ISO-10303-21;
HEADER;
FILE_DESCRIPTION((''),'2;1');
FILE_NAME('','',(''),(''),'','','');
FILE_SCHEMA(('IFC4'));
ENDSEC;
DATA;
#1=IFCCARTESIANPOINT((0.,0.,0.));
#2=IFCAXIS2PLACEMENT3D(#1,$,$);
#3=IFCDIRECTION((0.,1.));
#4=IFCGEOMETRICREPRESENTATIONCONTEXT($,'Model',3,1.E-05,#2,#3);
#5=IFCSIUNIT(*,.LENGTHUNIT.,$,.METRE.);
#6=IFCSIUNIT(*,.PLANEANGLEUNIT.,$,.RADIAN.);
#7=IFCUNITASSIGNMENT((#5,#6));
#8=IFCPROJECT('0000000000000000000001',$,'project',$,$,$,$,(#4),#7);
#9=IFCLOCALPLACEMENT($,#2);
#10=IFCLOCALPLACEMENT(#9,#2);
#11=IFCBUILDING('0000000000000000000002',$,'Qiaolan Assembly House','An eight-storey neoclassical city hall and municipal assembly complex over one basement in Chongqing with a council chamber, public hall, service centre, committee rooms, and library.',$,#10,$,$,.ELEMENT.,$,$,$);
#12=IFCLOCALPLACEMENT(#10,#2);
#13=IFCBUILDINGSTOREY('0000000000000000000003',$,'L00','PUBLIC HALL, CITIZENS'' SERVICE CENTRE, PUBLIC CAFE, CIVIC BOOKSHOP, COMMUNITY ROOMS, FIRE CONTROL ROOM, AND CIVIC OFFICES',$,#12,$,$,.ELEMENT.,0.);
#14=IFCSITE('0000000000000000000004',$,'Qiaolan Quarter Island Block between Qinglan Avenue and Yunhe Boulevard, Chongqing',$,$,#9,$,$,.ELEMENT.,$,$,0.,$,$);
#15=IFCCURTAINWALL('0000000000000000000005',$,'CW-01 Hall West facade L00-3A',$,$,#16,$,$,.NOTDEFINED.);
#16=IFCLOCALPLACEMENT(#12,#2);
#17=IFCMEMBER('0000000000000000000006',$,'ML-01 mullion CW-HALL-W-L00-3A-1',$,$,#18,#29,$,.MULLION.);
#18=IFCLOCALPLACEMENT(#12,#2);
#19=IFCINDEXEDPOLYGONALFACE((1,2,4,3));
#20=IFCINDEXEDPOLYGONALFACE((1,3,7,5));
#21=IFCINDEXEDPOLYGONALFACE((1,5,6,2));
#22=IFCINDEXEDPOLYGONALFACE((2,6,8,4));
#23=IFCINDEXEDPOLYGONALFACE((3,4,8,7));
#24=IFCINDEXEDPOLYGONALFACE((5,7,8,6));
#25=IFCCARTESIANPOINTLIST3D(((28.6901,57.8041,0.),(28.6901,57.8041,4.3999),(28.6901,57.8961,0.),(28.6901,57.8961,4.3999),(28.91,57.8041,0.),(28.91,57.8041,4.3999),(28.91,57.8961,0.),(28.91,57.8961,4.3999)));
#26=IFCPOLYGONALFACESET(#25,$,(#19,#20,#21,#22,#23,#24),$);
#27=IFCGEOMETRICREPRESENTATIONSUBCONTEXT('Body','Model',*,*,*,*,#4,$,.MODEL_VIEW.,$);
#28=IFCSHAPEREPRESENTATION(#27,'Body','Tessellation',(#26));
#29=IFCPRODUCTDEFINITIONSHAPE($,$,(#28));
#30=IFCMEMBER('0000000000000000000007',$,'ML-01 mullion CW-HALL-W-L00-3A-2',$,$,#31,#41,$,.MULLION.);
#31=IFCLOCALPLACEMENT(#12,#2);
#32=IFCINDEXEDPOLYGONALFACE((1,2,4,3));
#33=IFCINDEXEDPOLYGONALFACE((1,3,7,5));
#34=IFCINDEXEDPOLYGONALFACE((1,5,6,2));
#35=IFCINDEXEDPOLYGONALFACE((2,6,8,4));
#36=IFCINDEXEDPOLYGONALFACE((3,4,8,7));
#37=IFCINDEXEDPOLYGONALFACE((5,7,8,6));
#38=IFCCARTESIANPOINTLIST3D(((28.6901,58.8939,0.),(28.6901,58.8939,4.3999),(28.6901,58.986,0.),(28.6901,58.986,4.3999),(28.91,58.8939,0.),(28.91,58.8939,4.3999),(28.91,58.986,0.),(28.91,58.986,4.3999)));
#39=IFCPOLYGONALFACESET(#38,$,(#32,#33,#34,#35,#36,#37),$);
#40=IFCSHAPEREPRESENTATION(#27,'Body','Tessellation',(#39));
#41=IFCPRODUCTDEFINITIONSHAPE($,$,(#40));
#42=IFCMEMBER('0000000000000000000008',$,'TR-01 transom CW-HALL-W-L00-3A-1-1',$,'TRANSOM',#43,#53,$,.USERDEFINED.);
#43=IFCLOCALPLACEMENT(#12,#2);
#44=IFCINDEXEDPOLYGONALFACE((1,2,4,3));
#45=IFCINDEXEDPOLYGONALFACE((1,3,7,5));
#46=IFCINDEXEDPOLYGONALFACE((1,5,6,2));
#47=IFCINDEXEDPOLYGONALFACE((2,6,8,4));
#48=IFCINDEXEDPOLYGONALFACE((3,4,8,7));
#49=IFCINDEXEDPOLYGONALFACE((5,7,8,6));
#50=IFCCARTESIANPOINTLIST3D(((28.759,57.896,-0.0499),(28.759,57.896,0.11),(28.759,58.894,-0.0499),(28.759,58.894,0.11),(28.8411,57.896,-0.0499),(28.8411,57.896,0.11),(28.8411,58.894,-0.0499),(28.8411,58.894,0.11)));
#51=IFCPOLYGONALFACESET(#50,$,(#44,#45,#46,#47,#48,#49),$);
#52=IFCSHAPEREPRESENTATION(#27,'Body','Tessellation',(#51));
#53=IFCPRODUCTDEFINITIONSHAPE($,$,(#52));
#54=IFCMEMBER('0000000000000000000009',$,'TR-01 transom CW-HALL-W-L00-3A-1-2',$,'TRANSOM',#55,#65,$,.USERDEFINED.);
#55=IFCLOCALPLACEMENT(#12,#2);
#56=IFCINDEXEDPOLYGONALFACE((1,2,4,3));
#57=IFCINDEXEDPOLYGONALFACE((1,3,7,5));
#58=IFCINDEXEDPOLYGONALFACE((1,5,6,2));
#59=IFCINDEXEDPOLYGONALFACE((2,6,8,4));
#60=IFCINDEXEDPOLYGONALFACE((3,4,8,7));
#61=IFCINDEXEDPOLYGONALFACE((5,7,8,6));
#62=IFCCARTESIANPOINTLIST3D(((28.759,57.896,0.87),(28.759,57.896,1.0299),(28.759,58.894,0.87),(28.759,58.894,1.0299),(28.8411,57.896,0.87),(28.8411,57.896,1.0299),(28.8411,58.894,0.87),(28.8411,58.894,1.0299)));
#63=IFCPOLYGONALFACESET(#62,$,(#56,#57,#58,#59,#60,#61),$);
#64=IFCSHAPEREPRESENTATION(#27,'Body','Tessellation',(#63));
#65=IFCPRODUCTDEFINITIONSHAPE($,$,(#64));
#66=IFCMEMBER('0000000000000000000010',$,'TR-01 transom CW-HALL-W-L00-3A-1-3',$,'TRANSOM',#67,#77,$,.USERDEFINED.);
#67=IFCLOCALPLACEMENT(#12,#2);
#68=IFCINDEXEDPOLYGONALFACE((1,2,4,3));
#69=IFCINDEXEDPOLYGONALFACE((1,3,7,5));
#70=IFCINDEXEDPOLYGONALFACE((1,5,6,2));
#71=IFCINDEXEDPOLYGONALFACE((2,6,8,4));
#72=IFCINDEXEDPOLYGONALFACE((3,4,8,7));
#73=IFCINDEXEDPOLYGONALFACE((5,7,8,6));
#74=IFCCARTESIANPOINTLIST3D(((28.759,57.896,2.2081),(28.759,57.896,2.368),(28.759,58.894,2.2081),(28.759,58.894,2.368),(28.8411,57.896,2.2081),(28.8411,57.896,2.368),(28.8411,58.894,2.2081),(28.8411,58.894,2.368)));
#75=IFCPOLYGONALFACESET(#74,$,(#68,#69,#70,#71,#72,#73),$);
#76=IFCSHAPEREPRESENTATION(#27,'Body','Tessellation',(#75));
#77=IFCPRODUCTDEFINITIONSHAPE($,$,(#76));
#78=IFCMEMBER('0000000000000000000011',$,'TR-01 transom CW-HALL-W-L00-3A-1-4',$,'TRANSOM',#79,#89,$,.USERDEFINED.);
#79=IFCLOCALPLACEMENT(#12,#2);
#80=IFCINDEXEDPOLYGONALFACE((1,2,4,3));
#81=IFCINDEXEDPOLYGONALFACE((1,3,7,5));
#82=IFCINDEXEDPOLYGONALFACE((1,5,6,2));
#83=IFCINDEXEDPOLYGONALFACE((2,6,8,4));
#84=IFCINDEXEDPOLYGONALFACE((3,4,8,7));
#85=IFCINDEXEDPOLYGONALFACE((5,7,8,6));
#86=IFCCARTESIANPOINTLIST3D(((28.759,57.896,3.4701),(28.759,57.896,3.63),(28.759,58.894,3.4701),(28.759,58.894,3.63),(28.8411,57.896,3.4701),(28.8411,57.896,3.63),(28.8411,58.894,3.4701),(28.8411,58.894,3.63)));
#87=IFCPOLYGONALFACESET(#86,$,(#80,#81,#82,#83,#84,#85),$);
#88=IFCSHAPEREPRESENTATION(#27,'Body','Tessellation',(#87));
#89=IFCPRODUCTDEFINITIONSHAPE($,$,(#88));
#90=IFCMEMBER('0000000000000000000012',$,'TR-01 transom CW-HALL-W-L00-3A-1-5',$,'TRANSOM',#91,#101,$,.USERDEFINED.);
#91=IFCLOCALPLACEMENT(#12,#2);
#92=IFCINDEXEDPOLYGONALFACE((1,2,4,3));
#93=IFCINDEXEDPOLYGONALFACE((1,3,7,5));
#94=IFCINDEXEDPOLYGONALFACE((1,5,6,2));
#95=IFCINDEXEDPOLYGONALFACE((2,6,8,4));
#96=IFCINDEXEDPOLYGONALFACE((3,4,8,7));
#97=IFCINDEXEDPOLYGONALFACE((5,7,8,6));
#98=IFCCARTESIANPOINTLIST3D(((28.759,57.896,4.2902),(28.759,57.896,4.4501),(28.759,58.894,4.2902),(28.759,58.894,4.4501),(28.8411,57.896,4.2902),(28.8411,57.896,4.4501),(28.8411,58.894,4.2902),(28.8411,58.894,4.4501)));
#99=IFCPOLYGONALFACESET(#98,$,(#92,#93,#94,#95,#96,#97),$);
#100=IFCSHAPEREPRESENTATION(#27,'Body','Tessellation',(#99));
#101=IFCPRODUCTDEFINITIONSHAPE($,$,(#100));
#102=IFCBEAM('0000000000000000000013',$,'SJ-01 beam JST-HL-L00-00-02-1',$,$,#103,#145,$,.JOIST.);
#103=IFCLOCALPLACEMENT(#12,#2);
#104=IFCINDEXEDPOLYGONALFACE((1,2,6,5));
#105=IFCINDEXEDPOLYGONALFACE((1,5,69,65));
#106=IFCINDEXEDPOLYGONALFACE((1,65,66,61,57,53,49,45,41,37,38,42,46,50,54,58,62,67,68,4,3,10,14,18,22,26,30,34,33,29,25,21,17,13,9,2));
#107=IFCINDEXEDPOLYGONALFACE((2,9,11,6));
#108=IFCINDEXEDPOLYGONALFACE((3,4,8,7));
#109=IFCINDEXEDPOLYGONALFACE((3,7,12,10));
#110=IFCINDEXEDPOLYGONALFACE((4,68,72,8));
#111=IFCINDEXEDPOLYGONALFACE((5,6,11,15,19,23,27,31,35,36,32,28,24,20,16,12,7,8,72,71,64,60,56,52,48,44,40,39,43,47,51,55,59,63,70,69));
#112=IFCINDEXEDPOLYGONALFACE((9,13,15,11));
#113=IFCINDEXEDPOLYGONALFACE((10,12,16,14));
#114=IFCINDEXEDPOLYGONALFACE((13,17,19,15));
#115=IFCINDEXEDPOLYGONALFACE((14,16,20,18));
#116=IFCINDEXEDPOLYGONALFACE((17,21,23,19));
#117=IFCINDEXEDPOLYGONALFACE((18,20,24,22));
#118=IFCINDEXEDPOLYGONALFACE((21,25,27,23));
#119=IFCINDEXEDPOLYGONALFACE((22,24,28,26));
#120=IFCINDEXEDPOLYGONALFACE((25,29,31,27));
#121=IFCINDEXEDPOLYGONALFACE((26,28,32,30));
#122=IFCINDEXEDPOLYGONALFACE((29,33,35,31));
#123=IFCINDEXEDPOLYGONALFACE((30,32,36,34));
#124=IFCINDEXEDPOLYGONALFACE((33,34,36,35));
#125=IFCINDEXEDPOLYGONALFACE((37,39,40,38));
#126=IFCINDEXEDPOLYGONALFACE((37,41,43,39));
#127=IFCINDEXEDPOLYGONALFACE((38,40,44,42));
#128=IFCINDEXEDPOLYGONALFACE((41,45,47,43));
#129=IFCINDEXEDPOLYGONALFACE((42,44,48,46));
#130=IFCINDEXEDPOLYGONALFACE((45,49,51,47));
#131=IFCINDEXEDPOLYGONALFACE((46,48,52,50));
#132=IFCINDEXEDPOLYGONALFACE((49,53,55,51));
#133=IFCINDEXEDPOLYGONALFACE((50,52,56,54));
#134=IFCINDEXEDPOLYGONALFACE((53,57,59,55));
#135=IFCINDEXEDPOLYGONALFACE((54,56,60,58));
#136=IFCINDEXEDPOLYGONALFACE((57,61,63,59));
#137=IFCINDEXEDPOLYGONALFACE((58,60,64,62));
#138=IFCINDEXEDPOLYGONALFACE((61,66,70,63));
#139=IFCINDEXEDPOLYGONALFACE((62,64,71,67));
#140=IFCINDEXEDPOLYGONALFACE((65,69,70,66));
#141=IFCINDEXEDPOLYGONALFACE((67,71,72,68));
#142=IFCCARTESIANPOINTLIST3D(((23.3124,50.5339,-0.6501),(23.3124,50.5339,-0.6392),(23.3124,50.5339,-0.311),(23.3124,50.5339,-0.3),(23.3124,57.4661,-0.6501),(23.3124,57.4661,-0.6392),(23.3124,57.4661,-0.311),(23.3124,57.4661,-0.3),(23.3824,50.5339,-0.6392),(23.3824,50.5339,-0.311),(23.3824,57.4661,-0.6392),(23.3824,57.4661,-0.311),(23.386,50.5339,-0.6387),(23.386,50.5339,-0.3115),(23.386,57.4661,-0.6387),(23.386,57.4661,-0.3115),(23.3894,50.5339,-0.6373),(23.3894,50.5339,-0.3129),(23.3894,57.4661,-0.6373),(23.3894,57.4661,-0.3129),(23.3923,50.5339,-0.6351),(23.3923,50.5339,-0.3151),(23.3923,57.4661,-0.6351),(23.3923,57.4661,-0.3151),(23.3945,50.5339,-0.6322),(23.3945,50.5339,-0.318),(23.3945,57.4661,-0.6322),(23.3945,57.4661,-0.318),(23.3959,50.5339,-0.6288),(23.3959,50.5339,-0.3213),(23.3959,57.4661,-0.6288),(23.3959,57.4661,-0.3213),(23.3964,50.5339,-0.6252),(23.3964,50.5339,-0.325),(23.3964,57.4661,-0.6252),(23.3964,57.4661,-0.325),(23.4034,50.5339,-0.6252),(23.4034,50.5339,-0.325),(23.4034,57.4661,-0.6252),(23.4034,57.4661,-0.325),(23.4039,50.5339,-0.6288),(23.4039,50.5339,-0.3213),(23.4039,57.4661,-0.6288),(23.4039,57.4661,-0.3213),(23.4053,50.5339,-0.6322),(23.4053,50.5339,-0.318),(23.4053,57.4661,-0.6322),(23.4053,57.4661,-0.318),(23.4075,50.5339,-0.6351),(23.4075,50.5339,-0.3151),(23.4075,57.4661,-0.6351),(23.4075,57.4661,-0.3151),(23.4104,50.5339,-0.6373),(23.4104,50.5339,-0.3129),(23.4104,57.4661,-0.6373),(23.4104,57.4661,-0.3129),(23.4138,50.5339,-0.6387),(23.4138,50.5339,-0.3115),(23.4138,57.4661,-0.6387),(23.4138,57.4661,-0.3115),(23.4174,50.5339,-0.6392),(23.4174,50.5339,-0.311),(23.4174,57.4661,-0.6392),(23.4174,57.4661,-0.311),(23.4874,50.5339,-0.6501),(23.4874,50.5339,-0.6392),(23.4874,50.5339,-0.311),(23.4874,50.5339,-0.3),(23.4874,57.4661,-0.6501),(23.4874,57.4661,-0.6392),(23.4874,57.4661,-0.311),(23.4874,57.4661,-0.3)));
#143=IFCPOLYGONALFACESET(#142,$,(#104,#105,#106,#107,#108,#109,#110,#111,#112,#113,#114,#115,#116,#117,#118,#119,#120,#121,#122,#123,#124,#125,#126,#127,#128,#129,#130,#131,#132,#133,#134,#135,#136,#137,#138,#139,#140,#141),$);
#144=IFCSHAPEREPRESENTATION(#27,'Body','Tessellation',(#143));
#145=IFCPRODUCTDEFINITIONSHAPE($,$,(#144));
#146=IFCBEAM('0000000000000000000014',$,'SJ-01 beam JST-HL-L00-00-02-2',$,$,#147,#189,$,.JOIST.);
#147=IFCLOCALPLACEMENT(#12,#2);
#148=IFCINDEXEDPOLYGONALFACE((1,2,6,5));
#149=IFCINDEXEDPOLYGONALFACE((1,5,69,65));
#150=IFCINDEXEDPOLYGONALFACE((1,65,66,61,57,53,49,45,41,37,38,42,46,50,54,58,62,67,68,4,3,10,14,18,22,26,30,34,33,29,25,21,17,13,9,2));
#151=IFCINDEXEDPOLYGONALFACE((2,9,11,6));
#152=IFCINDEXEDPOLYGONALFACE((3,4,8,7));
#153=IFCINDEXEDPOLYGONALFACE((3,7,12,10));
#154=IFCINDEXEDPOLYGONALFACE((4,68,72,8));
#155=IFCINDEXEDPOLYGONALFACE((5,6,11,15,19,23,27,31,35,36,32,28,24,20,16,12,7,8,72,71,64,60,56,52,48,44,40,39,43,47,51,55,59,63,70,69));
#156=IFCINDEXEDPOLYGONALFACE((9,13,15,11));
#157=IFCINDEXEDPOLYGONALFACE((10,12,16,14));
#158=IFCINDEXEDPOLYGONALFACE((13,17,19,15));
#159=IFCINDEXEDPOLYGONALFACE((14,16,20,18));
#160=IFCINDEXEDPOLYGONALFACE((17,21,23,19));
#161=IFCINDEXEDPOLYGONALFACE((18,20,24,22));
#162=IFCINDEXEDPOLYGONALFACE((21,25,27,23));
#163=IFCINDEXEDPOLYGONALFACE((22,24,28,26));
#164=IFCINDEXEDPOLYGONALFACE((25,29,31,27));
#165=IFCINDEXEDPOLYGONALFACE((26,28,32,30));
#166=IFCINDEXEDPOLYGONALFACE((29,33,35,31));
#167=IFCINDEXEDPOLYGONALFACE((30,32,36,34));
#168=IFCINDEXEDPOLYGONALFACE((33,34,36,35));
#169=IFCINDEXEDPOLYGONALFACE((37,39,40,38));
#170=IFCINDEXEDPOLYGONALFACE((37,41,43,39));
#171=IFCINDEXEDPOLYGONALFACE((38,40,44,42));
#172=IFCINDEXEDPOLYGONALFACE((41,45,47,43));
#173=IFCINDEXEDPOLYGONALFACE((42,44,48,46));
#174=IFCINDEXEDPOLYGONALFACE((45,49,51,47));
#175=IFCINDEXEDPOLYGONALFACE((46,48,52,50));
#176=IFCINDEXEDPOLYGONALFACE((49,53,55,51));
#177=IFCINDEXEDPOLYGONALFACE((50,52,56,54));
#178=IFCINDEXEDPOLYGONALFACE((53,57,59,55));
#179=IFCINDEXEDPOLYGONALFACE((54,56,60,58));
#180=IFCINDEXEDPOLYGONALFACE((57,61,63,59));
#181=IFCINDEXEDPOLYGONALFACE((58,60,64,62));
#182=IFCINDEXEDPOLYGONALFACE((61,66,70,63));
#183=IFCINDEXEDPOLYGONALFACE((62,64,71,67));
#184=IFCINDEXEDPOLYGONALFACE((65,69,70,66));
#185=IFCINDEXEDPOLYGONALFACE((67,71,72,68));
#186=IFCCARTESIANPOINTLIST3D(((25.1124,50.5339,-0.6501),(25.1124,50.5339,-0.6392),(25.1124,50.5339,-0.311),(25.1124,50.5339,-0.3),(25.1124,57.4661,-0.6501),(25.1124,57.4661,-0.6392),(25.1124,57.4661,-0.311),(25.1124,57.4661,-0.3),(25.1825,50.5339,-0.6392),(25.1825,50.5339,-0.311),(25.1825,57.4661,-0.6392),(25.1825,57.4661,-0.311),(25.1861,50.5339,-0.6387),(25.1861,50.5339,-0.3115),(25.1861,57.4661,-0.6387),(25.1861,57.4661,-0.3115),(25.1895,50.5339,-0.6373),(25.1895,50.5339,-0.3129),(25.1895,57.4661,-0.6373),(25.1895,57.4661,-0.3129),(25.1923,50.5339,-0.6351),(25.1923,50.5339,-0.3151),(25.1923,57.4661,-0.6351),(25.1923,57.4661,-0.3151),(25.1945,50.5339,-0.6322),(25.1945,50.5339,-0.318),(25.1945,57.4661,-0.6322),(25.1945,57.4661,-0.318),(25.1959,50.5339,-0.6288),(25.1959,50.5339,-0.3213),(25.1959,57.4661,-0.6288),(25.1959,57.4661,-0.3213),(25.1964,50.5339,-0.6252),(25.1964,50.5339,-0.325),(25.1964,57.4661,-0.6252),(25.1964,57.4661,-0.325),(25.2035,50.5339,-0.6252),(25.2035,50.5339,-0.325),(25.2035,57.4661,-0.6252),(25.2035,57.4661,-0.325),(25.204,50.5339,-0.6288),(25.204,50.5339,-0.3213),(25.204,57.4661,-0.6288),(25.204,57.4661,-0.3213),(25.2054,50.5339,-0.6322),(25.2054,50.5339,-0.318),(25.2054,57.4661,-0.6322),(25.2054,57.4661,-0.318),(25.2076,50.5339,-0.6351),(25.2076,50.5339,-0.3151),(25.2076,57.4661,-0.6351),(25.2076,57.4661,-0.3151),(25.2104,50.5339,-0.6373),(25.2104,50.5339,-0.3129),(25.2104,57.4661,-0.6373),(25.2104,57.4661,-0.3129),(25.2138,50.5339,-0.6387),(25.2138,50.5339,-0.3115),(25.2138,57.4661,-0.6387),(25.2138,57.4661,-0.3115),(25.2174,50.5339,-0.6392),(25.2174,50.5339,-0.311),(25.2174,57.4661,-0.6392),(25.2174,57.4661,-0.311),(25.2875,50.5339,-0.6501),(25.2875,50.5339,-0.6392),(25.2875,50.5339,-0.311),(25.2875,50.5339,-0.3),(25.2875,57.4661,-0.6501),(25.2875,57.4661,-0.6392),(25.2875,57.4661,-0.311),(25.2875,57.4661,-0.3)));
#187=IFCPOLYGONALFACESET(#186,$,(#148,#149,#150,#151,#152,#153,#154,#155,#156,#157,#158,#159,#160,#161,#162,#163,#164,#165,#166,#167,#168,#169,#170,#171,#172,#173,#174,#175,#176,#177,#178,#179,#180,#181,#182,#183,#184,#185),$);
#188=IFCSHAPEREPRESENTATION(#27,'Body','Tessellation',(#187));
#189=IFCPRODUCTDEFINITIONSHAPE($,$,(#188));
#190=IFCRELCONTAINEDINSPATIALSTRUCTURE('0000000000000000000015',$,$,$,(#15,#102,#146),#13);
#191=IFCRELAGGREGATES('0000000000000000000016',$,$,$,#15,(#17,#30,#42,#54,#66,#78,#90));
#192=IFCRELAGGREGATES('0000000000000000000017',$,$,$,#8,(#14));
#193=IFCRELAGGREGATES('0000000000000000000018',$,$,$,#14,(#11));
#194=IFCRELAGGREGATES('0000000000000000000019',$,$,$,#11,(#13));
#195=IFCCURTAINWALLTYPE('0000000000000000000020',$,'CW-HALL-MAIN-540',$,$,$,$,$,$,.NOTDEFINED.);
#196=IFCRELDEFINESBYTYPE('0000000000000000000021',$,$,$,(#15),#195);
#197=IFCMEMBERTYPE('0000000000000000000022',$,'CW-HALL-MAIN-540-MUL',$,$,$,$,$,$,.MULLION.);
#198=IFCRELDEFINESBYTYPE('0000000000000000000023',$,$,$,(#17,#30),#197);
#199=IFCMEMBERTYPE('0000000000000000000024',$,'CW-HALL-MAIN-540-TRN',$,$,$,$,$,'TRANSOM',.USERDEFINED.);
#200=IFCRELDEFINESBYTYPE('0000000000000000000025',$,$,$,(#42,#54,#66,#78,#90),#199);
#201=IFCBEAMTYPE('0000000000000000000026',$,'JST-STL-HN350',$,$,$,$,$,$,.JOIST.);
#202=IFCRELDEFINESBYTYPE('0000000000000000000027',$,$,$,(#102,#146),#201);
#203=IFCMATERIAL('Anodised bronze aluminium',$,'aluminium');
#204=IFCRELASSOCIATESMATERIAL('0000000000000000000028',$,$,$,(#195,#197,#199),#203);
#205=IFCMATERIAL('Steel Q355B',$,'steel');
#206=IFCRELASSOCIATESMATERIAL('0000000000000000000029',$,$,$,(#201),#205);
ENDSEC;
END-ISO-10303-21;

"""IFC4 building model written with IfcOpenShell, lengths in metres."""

from ifc_helpers import new_model, si_unit, direction, frame, origin, origin_2d, place, context, subcontext, project, spatial, rectangle, i_section, extrude, material, material_profile, profile_set, type_object, element, aggregate, save


model = new_model("IFC4")

# Units and contexts
model_context = context("Model", 3, precision=1e-05, world=origin(), true_north=direction((0.0, 1.0)))
body_context = subcontext(model_context, "Body", "Model", "MODEL_VIEW")
ifc_project = project(units=[si_unit("LENGTHUNIT", "METRE"), si_unit("PLANEANGLEUNIT", "RADIAN")], contexts=[model_context])

# Site, building, storey
site_placement = place(None, origin())
site = spatial("IfcSite", under=ifc_project, at=site_placement, Name="Qiaolan Quarter Island Block between Qinglan Avenue and Yunhe Boulevard, Chongqing", CompositionType="ELEMENT", RefElevation=0.0)
building_placement = place(site_placement, origin())
building = spatial("IfcBuilding", under=site, at=building_placement, Name="Qiaolan Assembly House", Description="An eight-storey neoclassical city hall and municipal assembly complex over one basement in Chongqing with a council chamber, public hall, service centre, committee rooms, and library.", CompositionType="ELEMENT")
storey_placement = place(building_placement, origin())
storey = spatial("IfcBuildingStorey", under=building, at=storey_placement, Name="L00", Description="PUBLIC HALL, CITIZENS' SERVICE CENTRE, PUBLIC CAFE, CIVIC BOOKSHOP, COMMUNITY ROOMS, FIRE CONTROL ROOM, AND CIVIC OFFICES", CompositionType="ELEMENT", Elevation=0.0)

# Shared definitions
ifc_material_1 = material(Name="Steel Q355B", Category="steel")

# Curtain wall, members
ifc_material_2 = material(Name="Anodised bronze aluminium", Category="aluminium")
curtain_wall_type = type_object("IfcCurtainWallType", Name="CW-HALL-MAIN-540", PredefinedType="NOTDEFINED", material=ifc_material_2)
curtain_wall_placement = place(storey_placement, origin())
curtain_wall = element("IfcCurtainWall", 1, at=curtain_wall_placement, inside=storey, type_object=curtain_wall_type, Name="CW-01 Hall West facade L00-3A", PredefinedType="NOTDEFINED")
ifc_material_profile_1 = material_profile(ifc_material_2, rectangle(XDim=0.092, YDim=0.22, at=origin_2d()), Name="MUL 92x220")
ifc_profile_set_1 = profile_set([ifc_material_profile_1], Name="Anodised bronze aluminium")
member_type_1 = type_object("IfcMemberType", Name="CW-HALL-MAIN-540-MUL", PredefinedType="MULLION", material=ifc_profile_set_1)
member_1_placement = place(storey_placement, frame((28.8, 57.8501, 0.0), z_axis=(0.0, 0.0, 1.0), x_axis=(0.0, 1.0, 0.0)))
member_1 = element("IfcMember", 2, at=member_1_placement, type_object=member_type_1, Name="ML-01 mullion CW-HALL-W-L00-3A-1", PredefinedType="MULLION", context=body_context, shape_type="SweptSolid", body=[
    extrude(rectangle(XDim=0.092, YDim=0.22, at=origin_2d()), origin(), (0.0, 0.0, 1.0), 4.3999),
])
member_2_placement = place(storey_placement, frame((28.8, 58.9399, 0.0), z_axis=(0.0, 0.0, 1.0), x_axis=(0.0, 1.0, 0.0)))
member_2 = element("IfcMember", 3, at=member_2_placement, type_object=member_type_1, Name="ML-01 mullion CW-HALL-W-L00-3A-2", PredefinedType="MULLION", context=body_context, shape_type="SweptSolid", body=[
    extrude(rectangle(XDim=0.092, YDim=0.22, at=origin_2d()), origin(), (0.0, 0.0, 1.0), 4.3999),
])
ifc_material_profile_2 = material_profile(ifc_material_2, rectangle(XDim=0.082, YDim=0.1599, at=origin_2d()), Name="TRN 82x160")
ifc_profile_set_2 = profile_set([ifc_material_profile_2], Name="Anodised bronze aluminium")
member_type_2 = type_object("IfcMemberType", Name="CW-HALL-MAIN-540-TRN", ElementType="TRANSOM", PredefinedType="USERDEFINED", material=ifc_profile_set_2)
member_3_placement = place(storey_placement, frame((28.8, 57.896, 0.03), z_axis=(0.0, 1.0, 0.0), x_axis=(-1.0, 0.0, 0.0)))
member_3 = element("IfcMember", 4, at=member_3_placement, type_object=member_type_2, Name="TR-01 transom CW-HALL-W-L00-3A-1-1", ObjectType="TRANSOM", PredefinedType="USERDEFINED", context=body_context, shape_type="SweptSolid", body=[
    extrude(rectangle(XDim=0.082, YDim=0.1599, at=origin_2d()), origin(), (0.0, 0.0, 1.0), 0.998),
])
member_4_placement = place(storey_placement, frame((28.8, 57.896, 0.95), z_axis=(0.0, 1.0, 0.0), x_axis=(-1.0, 0.0, 0.0)))
member_4 = element("IfcMember", 5, at=member_4_placement, type_object=member_type_2, Name="TR-01 transom CW-HALL-W-L00-3A-1-2", ObjectType="TRANSOM", PredefinedType="USERDEFINED", context=body_context, shape_type="SweptSolid", body=[
    extrude(rectangle(XDim=0.082, YDim=0.1599, at=origin_2d()), origin(), (0.0, 0.0, 1.0), 0.998),
])
member_5_placement = place(storey_placement, frame((28.8, 57.896, 2.2881), z_axis=(0.0, 1.0, 0.0), x_axis=(-1.0, 0.0, 0.0)))
member_5 = element("IfcMember", 6, at=member_5_placement, type_object=member_type_2, Name="TR-01 transom CW-HALL-W-L00-3A-1-3", ObjectType="TRANSOM", PredefinedType="USERDEFINED", context=body_context, shape_type="SweptSolid", body=[
    extrude(rectangle(XDim=0.082, YDim=0.1599, at=origin_2d()), origin(), (0.0, 0.0, 1.0), 0.998),
])
member_6_placement = place(storey_placement, frame((28.8, 57.896, 3.55), z_axis=(0.0, 1.0, 0.0), x_axis=(-1.0, 0.0, 0.0)))
member_6 = element("IfcMember", 7, at=member_6_placement, type_object=member_type_2, Name="TR-01 transom CW-HALL-W-L00-3A-1-4", ObjectType="TRANSOM", PredefinedType="USERDEFINED", context=body_context, shape_type="SweptSolid", body=[
    extrude(rectangle(XDim=0.082, YDim=0.1599, at=origin_2d()), origin(), (0.0, 0.0, 1.0), 0.998),
])
member_7_placement = place(storey_placement, frame((28.8, 57.896, 4.3701), z_axis=(0.0, 1.0, 0.0), x_axis=(-1.0, 0.0, 0.0)))
member_7 = element("IfcMember", 8, at=member_7_placement, type_object=member_type_2, Name="TR-01 transom CW-HALL-W-L00-3A-1-5", ObjectType="TRANSOM", PredefinedType="USERDEFINED", context=body_context, shape_type="SweptSolid", body=[
    extrude(rectangle(XDim=0.082, YDim=0.1599, at=origin_2d()), origin(), (0.0, 0.0, 1.0), 0.998),
])

# Beams
ifc_material_profile_3 = material_profile(ifc_material_1, i_section(OverallWidth=0.175, OverallDepth=0.3501, WebThickness=0.0071, FlangeThickness=0.011, FilletRadius=0.0139, at=origin_2d()), Name="HN 350x175x7x11")
ifc_profile_set_3 = profile_set([ifc_material_profile_3], Name="Steel Q355B")
beam_type_1 = type_object("IfcBeamType", Name="JST-STL-HN350", PredefinedType="JOIST", material=ifc_profile_set_3)
for number, where, z_axis, x_axis, name in (
    (9, (23.3999, 50.5339, -0.4751), (0.0, 1.0, 0.0), (-1.0, 0.0, 0.0), "SJ-01 beam JST-HL-L00-00-02-1"),
    (10, (25.2, 50.5339, -0.4751), (0.0, 1.0, 0.0), (-1.0, 0.0, 0.0), "SJ-01 beam JST-HL-L00-00-02-2"),
):
    element("IfcBeam", number, at=place(storey_placement, frame(where, z_axis=z_axis, x_axis=x_axis)), inside=storey, type_object=beam_type_1, Name=name, PredefinedType="JOIST", context=body_context, shape_type="SweptSolid", body=[
        extrude(i_section(OverallWidth=0.175, OverallDepth=0.3501, WebThickness=0.0071, FlangeThickness=0.011, FilletRadius=0.0139, at=origin_2d()), origin(), (0.0, 0.0, 1.0), 6.9321),
    ])

aggregate(curtain_wall, [member_1, member_2, member_3, member_4, member_5, member_6, member_7])

save(model, "model.ifc")
